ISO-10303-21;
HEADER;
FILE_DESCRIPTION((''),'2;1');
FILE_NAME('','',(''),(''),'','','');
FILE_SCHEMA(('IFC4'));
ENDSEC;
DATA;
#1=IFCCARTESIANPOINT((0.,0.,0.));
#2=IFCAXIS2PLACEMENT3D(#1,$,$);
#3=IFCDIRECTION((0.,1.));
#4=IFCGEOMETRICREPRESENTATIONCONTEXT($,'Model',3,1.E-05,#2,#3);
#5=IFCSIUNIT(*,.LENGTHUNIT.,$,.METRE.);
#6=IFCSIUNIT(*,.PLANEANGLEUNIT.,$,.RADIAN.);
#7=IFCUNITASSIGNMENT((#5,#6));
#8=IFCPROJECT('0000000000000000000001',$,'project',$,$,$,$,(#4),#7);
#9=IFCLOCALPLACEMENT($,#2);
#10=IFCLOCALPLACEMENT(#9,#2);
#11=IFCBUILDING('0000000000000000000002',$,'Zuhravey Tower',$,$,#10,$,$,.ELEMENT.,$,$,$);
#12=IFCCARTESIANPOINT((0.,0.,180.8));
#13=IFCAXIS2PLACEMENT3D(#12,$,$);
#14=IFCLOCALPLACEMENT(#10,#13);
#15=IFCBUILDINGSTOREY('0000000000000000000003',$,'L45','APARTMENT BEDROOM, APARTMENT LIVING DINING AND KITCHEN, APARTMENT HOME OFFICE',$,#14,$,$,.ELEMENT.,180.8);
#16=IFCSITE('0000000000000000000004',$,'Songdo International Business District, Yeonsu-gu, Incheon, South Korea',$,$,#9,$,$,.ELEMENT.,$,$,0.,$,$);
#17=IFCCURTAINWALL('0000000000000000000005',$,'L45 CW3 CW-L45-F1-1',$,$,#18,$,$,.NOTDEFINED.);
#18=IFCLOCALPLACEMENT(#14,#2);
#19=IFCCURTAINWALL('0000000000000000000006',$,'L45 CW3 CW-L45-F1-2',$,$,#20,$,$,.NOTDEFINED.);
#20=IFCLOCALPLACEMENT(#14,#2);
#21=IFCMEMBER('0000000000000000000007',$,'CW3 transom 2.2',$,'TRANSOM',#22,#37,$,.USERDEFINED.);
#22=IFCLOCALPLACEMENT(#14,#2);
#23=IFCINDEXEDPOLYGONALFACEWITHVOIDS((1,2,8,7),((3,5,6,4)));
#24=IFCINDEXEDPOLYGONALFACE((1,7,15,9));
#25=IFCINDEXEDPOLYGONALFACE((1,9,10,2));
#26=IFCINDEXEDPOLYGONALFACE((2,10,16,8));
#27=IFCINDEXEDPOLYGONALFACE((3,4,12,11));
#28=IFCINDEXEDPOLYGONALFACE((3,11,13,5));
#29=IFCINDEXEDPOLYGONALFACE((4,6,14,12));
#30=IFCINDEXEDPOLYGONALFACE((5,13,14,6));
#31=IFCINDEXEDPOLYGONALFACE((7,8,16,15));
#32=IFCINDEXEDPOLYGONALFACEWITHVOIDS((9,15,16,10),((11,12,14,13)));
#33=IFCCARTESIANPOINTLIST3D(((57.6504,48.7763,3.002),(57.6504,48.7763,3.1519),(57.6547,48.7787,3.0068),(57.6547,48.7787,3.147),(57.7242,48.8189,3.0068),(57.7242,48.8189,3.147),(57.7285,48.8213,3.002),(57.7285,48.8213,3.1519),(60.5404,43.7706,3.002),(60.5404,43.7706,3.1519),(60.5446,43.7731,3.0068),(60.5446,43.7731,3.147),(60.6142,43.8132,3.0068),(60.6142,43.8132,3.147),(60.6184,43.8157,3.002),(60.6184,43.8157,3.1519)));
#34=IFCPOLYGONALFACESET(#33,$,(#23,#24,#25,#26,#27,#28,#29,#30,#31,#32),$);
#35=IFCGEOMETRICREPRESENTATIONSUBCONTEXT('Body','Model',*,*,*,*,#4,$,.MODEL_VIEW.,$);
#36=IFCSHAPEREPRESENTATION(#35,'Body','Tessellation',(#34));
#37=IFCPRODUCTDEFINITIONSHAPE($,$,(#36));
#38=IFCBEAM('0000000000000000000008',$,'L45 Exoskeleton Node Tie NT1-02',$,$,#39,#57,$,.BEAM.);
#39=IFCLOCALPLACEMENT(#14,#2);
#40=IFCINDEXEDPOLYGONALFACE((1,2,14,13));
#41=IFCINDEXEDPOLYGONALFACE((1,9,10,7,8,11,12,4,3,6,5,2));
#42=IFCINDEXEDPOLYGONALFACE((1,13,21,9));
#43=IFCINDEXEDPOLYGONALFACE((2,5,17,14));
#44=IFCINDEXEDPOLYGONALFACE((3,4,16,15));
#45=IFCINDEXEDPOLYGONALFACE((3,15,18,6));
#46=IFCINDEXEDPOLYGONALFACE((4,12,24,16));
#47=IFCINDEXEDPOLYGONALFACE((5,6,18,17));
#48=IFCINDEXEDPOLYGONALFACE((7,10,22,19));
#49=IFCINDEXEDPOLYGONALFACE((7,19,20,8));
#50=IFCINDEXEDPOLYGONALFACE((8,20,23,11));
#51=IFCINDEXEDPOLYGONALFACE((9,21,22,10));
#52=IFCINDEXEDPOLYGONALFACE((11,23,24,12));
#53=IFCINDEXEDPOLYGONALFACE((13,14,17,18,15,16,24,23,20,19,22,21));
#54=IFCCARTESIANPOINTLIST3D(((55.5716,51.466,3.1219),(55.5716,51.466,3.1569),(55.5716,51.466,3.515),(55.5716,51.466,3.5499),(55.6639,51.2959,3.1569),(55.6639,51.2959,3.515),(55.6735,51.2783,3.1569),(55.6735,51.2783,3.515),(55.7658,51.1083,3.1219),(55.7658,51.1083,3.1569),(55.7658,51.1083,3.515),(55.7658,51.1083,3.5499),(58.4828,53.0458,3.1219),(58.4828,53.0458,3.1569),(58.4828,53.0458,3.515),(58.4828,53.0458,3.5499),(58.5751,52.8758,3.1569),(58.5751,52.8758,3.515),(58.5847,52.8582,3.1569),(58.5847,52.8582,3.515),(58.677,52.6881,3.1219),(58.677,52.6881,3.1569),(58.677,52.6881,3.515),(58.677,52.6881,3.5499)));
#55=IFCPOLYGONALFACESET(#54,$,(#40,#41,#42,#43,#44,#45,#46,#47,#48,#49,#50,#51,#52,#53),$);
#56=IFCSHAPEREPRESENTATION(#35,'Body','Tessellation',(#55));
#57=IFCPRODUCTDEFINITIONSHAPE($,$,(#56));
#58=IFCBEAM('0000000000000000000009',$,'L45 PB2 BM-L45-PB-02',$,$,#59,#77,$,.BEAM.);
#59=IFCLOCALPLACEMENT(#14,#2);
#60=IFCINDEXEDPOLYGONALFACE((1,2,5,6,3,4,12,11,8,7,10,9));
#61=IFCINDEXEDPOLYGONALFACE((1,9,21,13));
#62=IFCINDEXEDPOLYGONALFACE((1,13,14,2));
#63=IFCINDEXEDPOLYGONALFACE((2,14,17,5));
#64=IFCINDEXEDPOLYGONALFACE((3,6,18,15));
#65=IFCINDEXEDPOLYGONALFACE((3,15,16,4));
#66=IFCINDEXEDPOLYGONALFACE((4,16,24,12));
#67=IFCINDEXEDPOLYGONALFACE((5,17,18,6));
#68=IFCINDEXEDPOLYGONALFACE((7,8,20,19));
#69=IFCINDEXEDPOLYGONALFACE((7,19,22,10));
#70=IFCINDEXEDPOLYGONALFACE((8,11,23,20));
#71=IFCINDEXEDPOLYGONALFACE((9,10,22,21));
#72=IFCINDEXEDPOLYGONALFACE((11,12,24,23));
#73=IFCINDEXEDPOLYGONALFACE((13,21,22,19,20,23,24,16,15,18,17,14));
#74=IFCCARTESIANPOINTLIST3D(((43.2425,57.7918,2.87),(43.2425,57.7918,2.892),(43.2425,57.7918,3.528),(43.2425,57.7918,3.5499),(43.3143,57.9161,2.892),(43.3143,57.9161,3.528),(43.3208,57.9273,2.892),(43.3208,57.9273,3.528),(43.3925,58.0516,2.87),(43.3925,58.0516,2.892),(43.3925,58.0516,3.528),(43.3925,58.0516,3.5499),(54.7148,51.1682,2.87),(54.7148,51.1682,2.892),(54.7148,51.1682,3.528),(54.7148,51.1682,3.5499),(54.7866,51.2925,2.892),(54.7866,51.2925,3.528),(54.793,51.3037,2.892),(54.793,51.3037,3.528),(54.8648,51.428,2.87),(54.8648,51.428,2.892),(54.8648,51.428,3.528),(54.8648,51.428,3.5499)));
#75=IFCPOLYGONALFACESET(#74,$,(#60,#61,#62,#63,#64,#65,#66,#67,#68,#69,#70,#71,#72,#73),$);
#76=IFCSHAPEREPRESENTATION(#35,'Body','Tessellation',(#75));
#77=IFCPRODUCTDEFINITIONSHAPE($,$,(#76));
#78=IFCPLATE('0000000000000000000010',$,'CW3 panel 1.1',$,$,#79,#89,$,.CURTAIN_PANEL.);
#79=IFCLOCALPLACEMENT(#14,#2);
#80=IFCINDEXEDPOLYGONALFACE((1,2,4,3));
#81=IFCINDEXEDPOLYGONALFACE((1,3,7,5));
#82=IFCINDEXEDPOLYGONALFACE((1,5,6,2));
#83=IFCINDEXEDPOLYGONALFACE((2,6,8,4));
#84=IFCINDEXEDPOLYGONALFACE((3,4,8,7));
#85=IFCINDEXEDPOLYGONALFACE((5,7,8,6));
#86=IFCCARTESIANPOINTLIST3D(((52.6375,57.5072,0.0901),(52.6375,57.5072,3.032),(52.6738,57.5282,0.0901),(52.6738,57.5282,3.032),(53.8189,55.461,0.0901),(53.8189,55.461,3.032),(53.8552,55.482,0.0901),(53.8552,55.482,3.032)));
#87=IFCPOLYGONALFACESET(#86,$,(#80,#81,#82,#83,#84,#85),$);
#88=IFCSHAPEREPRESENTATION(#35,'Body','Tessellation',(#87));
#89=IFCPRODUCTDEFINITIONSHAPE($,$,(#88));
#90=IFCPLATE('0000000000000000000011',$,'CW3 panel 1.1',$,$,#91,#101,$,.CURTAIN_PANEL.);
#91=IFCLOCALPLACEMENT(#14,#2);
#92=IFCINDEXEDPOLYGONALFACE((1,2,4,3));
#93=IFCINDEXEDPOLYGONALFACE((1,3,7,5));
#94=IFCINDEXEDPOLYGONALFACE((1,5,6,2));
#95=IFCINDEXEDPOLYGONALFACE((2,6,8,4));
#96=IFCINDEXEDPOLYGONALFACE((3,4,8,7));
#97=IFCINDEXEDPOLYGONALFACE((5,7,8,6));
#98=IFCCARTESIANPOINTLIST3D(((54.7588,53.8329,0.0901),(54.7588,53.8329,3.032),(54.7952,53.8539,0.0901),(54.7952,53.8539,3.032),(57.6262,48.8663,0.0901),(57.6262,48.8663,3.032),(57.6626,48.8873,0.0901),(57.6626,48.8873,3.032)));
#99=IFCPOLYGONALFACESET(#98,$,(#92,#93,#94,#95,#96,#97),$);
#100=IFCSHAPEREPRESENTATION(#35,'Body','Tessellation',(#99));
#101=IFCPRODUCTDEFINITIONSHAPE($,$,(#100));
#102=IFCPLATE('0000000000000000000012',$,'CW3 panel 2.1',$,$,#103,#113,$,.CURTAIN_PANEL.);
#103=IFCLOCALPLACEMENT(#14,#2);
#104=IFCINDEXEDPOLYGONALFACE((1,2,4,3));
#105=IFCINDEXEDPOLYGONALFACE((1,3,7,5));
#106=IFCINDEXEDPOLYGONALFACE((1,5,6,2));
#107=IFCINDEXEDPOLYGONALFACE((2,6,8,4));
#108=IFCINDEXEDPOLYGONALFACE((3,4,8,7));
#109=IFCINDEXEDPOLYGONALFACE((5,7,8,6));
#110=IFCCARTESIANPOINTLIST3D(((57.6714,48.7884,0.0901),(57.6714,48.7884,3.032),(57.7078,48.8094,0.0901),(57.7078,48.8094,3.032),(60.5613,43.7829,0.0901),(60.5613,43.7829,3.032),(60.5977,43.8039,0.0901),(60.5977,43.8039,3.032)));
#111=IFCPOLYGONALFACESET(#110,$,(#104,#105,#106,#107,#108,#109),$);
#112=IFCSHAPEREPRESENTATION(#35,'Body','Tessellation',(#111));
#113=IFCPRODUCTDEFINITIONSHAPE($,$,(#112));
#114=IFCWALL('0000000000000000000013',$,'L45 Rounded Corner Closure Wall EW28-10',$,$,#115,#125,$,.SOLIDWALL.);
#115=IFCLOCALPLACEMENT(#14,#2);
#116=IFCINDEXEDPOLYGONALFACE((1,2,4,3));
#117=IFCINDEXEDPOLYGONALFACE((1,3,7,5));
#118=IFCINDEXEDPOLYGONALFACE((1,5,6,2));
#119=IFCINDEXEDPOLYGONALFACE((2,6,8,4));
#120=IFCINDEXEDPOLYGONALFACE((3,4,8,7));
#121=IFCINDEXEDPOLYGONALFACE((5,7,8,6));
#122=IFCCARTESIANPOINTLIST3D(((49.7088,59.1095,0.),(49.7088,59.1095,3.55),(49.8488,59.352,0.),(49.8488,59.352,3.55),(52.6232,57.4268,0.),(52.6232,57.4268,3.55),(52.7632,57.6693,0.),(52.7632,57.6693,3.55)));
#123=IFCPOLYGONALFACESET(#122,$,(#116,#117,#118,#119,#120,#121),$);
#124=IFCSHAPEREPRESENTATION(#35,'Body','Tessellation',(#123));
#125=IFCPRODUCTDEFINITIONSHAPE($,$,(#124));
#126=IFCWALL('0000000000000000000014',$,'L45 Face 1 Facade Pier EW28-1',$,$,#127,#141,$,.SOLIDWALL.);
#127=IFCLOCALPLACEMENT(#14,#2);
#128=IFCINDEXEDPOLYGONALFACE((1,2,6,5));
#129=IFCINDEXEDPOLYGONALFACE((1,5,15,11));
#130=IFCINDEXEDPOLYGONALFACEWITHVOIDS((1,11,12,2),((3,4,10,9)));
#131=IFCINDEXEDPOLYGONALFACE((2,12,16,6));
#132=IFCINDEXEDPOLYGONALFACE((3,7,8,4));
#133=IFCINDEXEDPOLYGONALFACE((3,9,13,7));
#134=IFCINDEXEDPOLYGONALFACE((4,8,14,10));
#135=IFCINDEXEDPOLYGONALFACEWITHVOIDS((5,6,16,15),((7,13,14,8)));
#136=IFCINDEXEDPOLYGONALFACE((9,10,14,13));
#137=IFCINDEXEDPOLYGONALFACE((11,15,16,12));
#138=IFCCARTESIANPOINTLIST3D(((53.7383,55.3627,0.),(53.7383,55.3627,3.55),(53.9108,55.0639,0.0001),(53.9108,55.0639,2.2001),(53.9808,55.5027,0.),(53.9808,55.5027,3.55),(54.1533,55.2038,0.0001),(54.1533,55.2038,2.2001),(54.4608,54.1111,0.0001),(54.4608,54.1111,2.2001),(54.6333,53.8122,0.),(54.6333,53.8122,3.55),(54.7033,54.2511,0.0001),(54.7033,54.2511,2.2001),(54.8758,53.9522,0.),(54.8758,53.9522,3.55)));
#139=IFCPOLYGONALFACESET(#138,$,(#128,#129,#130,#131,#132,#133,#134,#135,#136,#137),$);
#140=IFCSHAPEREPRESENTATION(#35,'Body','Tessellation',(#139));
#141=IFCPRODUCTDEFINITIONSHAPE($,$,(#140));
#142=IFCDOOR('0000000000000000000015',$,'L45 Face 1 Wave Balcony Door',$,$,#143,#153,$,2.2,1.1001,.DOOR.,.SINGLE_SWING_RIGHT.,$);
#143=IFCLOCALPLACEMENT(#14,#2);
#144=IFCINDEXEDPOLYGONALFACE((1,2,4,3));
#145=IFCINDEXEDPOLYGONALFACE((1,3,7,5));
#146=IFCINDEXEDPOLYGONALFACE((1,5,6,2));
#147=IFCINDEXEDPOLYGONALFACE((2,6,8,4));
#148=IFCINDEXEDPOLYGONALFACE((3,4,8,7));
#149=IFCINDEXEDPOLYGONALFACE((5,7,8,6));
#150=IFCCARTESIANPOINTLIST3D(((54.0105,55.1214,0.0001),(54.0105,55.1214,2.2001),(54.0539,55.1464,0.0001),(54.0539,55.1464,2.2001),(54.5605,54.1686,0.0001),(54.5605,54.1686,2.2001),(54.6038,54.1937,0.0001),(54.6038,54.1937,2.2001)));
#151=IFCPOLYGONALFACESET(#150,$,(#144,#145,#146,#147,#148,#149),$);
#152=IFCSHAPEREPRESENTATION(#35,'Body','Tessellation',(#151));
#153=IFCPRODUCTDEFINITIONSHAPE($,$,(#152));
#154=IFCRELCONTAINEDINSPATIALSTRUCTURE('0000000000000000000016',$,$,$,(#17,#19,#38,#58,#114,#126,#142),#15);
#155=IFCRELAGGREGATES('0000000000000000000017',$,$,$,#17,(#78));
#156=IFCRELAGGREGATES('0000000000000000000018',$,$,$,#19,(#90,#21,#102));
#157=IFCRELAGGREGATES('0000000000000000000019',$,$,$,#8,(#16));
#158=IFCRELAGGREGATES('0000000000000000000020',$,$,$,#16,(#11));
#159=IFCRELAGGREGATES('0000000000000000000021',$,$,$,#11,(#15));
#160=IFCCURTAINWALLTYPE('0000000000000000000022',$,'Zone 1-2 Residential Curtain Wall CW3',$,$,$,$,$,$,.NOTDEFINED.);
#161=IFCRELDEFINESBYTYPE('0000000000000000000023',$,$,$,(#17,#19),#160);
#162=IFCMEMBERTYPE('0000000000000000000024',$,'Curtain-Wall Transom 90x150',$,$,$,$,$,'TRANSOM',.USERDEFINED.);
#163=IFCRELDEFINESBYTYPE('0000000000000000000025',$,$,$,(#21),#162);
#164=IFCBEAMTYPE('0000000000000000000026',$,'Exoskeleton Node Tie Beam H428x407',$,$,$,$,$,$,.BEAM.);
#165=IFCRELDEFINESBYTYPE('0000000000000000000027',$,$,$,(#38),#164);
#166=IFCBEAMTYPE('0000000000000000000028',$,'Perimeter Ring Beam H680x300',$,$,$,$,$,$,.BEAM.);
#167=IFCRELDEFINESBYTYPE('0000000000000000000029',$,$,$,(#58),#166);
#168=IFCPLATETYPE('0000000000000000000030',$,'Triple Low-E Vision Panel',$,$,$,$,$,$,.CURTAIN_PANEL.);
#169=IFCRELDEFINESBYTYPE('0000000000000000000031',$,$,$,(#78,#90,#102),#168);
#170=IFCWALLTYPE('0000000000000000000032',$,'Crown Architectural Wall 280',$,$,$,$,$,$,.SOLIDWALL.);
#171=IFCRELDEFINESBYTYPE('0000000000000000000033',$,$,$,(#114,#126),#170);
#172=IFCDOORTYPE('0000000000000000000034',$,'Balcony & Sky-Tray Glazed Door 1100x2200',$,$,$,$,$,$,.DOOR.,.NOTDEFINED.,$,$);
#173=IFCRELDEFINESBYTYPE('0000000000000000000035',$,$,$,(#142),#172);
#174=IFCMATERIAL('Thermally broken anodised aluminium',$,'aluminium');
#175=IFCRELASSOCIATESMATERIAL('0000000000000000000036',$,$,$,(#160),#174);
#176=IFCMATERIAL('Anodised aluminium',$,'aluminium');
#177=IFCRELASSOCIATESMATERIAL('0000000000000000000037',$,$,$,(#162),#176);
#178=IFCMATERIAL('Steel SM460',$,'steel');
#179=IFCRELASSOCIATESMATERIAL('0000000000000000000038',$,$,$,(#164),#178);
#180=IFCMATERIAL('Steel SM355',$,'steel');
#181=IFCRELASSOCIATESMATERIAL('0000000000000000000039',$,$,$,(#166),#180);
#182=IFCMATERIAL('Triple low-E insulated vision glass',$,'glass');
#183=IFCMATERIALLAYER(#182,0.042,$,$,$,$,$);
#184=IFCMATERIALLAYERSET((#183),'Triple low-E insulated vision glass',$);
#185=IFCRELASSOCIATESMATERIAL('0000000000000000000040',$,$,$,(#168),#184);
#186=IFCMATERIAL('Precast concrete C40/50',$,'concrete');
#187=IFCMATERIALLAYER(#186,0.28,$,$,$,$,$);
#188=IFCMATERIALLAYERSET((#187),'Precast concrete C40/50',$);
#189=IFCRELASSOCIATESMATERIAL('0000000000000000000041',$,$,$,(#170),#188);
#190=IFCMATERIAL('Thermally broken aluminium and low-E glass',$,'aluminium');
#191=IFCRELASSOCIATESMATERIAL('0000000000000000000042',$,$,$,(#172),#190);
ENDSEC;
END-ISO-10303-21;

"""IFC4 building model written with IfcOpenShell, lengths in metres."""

from ifc_helpers import new_model, si_unit, direction, frame, frame_2d, origin, origin_2d, place, context, subcontext, project, spatial, rectangle, hollow_rectangle, i_section, extrude, material, layer, layer_set, material_profile, profile_set, type_object, element, fill, aggregate, save


model = new_model("IFC4")

# Units and contexts
model_context = context("Model", 3, precision=1e-05, world=origin(), true_north=direction((0.0, 1.0)))
body_context = subcontext(model_context, "Body", "Model", "MODEL_VIEW")
ifc_project = project(units=[si_unit("LENGTHUNIT", "METRE"), si_unit("PLANEANGLEUNIT", "RADIAN")], contexts=[model_context])

# Site, building, storey
site_placement = place(None, origin())
site = spatial("IfcSite", under=ifc_project, at=site_placement, Name="Songdo International Business District, Yeonsu-gu, Incheon, South Korea", CompositionType="ELEMENT", RefElevation=0.0)
building_placement = place(site_placement, origin())
building = spatial("IfcBuilding", under=site, at=building_placement, Name="Zuhravey Tower", CompositionType="ELEMENT")
storey_placement = place(building_placement, frame((0.0, 0.0, 180.8)))
storey = spatial("IfcBuildingStorey", under=building, at=storey_placement, Name="L45", Description="APARTMENT BEDROOM, APARTMENT LIVING DINING AND KITCHEN, APARTMENT HOME OFFICE", CompositionType="ELEMENT", Elevation=180.8)

# Shared definitions
ifc_material_1 = material(Name="Thermally broken anodised aluminium", Category="aluminium")
curtain_wall_type = type_object("IfcCurtainWallType", Name="Zone 1-2 Residential Curtain Wall CW3", PredefinedType="NOTDEFINED", material=ifc_material_1)
ifc_material_2 = material(Name="Anodised aluminium", Category="aluminium")

# Curtain walls
curtain_wall_1_placement = place(storey_placement, origin())
curtain_wall_1 = element("IfcCurtainWall", 1, at=curtain_wall_1_placement, inside=storey, type_object=curtain_wall_type, Name="L45 CW3 CW-L45-F1-1", PredefinedType="NOTDEFINED")
curtain_wall_2_placement = place(storey_placement, origin())
curtain_wall_2 = element("IfcCurtainWall", 2, at=curtain_wall_2_placement, inside=storey, type_object=curtain_wall_type, Name="L45 CW3 CW-L45-F1-2", PredefinedType="NOTDEFINED")

# Member
ifc_material_profile_1 = material_profile(ifc_material_2, hollow_rectangle(XDim=0.0901, YDim=0.1499, WallThickness=0.0049, at=origin_2d()), Name="ALU-RHS-90x150x5")
ifc_profile_set_1 = profile_set([ifc_material_profile_1], Name="Anodised aluminium")
member_type_1 = type_object("IfcMemberType", Name="Curtain-Wall Transom 90x150", ElementType="TRANSOM", PredefinedType="USERDEFINED", material=ifc_profile_set_1)
member_1_placement = place(storey_placement, frame((57.6895, 48.7988, 3.0769), z_axis=(0.499987, -0.866033, 0.0), x_axis=(0.866033, 0.499987, 0.0)))
member_1 = element("IfcMember", 3, at=member_1_placement, type_object=member_type_1, Name="CW3 transom 2.2", ObjectType="TRANSOM", PredefinedType="USERDEFINED", context=body_context, shape_type="SweptSolid", body=[
    extrude(hollow_rectangle(XDim=0.0901, YDim=0.1499, WallThickness=0.0049, at=origin_2d()), origin(), (0.0, 0.0, 1.0), 5.78),
])

# Beams
ifc_material_3 = material(Name="Steel SM460", Category="steel")
ifc_material_profile_2 = material_profile(ifc_material_3, i_section(OverallWidth=0.407, OverallDepth=0.428, WebThickness=0.02, FlangeThickness=0.0349, at=origin_2d()), Name="H-428x407x20x35")
ifc_profile_set_2 = profile_set([ifc_material_profile_2], Name="Steel SM460")
beam_type_1 = type_object("IfcBeamType", Name="Exoskeleton Node Tie Beam H428x407", PredefinedType="BEAM", material=ifc_profile_set_2)
beam_1_placement = place(storey_placement, frame((55.6687, 51.2871, 3.3359), z_axis=(0.878916, 0.476976, 0.0), x_axis=(-0.476976, 0.878916, 0.0)))
element("IfcBeam", 4, at=beam_1_placement, inside=storey, type_object=beam_type_1, Name="L45 Exoskeleton Node Tie NT1-02", PredefinedType="BEAM", context=body_context, shape_type="SweptSolid", body=[
    extrude(i_section(OverallWidth=0.407, OverallDepth=0.428, WebThickness=0.02, FlangeThickness=0.0349, at=origin_2d()), origin(), (0.0, 0.0, 1.0), 3.3123),
])
ifc_material_4 = material(Name="Steel SM355", Category="steel")
ifc_material_profile_3 = material_profile(ifc_material_4, i_section(OverallWidth=0.3, OverallDepth=0.6799, WebThickness=0.0129, FlangeThickness=0.022, at=origin_2d()), Name="H-680x300x13x22")
ifc_profile_set_3 = profile_set([ifc_material_profile_3], Name="Steel SM355")
beam_type_2 = type_object("IfcBeamType", Name="Perimeter Ring Beam H680x300", PredefinedType="BEAM", material=ifc_profile_set_3)
beam_2_placement = place(storey_placement, frame((54.7898, 51.2981, 3.21), z_axis=(-0.866023, 0.500004, 0.0), x_axis=(-0.500004, -0.866023, 0.0)))
element("IfcBeam", 5, at=beam_2_placement, inside=storey, type_object=beam_type_2, Name="L45 PB2 BM-L45-PB-02", PredefinedType="BEAM", context=body_context, shape_type="SweptSolid", body=[
    extrude(i_section(OverallWidth=0.3, OverallDepth=0.6799, WebThickness=0.0129, FlangeThickness=0.022, at=origin_2d()), origin(), (0.0, 0.0, 1.0), 13.2471),
])

# Plates
ifc_material_5 = material(Name="Triple low-E insulated vision glass", Category="glass")
ifc_layer_1 = layer(ifc_material_5, 0.042)
ifc_layer_set_1 = layer_set([ifc_layer_1], Name="Triple low-E insulated vision glass")
plate_type = type_object("IfcPlateType", Name="Triple Low-E Vision Panel", PredefinedType="CURTAIN_PANEL", material=ifc_layer_set_1)
plate_1_placement = place(storey_placement, frame((53.2463, 56.4946, 0.0901), z_axis=(0.0, 0.0, 1.0), x_axis=(0.500005, -0.866023, 0.0)))
plate_1 = element("IfcPlate", 6, at=plate_1_placement, type_object=plate_type, Name="CW3 panel 1.1", PredefinedType="CURTAIN_PANEL", context=body_context, shape_type="SweptSolid", body=[
    extrude(rectangle(XDim=2.3628, YDim=0.042, at=origin_2d()), origin(), (0.0, 0.0, 1.0), 2.9419),
])
aggregate(curtain_wall_1, [plate_1])
plate_2_placement = place(storey_placement, frame((56.2107, 51.3601, 0.0901), z_axis=(0.0, 0.0, 1.0), x_axis=(0.500001, -0.866025, 0.0)))
plate_2 = element("IfcPlate", 7, at=plate_2_placement, type_object=plate_type, Name="CW3 panel 1.1", PredefinedType="CURTAIN_PANEL", context=body_context, shape_type="SweptSolid", body=[
    extrude(rectangle(XDim=5.7349, YDim=0.042, at=origin_2d()), origin(), (0.0, 0.0, 1.0), 2.9419),
])
plate_3_placement = place(storey_placement, frame((59.1345, 46.2961, 0.0901), z_axis=(0.0, 0.0, 1.0), x_axis=(0.500001, -0.866025, 0.0)))
plate_3 = element("IfcPlate", 8, at=plate_3_placement, type_object=plate_type, Name="CW3 panel 2.1", PredefinedType="CURTAIN_PANEL", context=body_context, shape_type="SweptSolid", body=[
    extrude(rectangle(XDim=5.7798, YDim=0.042, at=origin_2d()), origin(), (0.0, 0.0, 1.0), 2.9419),
])
aggregate(curtain_wall_2, [plate_2, member_1, plate_3])

# Wall
ifc_material_6 = material(Name="Precast concrete C40/50", Category="concrete")
ifc_layer_2 = layer(ifc_material_6, 0.28)
ifc_layer_set_2 = layer_set([ifc_layer_2], Name="Precast concrete C40/50")
wall_type_1 = type_object("IfcWallType", Name="Crown Architectural Wall 280", PredefinedType="SOLIDWALL", material=ifc_layer_set_2)
wall_1_placement = place(storey_placement, frame((49.7788, 59.2307, 0.0), z_axis=(0.0, 0.0, 1.0), x_axis=(0.86602, -0.500009, 0.0)))
element("IfcWall", 9, at=wall_1_placement, inside=storey, type_object=wall_type_1, Name="L45 Rounded Corner Closure Wall EW28-10", PredefinedType="SOLIDWALL", context=body_context, shape_type="SweptSolid", body=[
    extrude(rectangle(XDim=3.3652, YDim=0.28, at=frame_2d((1.6826, 0.0))), origin(), (0.0, 0.0, 1.0), 3.55),
])

# Wall, opening, door
wall_2_placement = place(storey_placement, frame((53.8596, 55.4326, 0.0), z_axis=(0.0, 0.0, 1.0), x_axis=(0.499923, -0.86607, 0.0)))
wall_2 = element("IfcWall", 10, at=wall_2_placement, inside=storey, type_object=wall_type_1, Name="L45 Face 1 Facade Pier EW28-1", PredefinedType="SOLIDWALL", context=body_context, shape_type="SweptSolid", body=[
    extrude(rectangle(XDim=1.7903, YDim=0.28, at=frame_2d((0.895, 0.0))), origin(), (0.0, 0.0, 1.0), 3.55),
])
opening_1_placement = place(wall_2_placement, frame((0.345, 0.0, 0.0)))
opening_1 = element("IfcOpeningElement", 11, at=opening_1_placement, cuts=wall_2, PredefinedType="OPENING", context=body_context, shape_type="SweptSolid", body=[
    extrude(rectangle(XDim=1.1001, YDim=2.2, at=frame_2d((0.55, 1.1001))), frame((0.0, 0.1521, 0.0), z_axis=(0.0, -1.0, 0.0), x_axis=(1.0, 0.0, 0.0)), (0.0, 0.0, 1.0), 0.304),
])
ifc_material_7 = material(Name="Thermally broken aluminium and low-E glass", Category="aluminium")
door_type_1 = type_object("IfcDoorType", Name="Balcony & Sky-Tray Glazed Door 1100x2200", OperationType="NOTDEFINED", PredefinedType="DOOR", material=ifc_material_7)
door_1_placement = place(opening_1_placement, frame((1.1001, 0.0, 0.0), z_axis=(0.0, 0.0, 1.0), x_axis=(-1.0, 0.0, 0.0)))
door_1 = element("IfcDoor", 12, at=door_1_placement, inside=storey, type_object=door_type_1, Name="L45 Face 1 Wave Balcony Door", OperationType="SINGLE_SWING_RIGHT", OverallHeight=2.2, OverallWidth=1.1001, PredefinedType="DOOR", context=body_context, shape_type="SweptSolid", body=[
    extrude(rectangle(XDim=1.1001, YDim=2.2, at=frame_2d((0.55, 1.1001))), frame((0.0, 0.0249, 0.0), z_axis=(0.0, -1.0, 0.0), x_axis=(1.0, 0.0, 0.0)), (0.0, 0.0, 1.0), 0.05),
])
fill(opening_1, door_1)

save(model, "model.ifc")
